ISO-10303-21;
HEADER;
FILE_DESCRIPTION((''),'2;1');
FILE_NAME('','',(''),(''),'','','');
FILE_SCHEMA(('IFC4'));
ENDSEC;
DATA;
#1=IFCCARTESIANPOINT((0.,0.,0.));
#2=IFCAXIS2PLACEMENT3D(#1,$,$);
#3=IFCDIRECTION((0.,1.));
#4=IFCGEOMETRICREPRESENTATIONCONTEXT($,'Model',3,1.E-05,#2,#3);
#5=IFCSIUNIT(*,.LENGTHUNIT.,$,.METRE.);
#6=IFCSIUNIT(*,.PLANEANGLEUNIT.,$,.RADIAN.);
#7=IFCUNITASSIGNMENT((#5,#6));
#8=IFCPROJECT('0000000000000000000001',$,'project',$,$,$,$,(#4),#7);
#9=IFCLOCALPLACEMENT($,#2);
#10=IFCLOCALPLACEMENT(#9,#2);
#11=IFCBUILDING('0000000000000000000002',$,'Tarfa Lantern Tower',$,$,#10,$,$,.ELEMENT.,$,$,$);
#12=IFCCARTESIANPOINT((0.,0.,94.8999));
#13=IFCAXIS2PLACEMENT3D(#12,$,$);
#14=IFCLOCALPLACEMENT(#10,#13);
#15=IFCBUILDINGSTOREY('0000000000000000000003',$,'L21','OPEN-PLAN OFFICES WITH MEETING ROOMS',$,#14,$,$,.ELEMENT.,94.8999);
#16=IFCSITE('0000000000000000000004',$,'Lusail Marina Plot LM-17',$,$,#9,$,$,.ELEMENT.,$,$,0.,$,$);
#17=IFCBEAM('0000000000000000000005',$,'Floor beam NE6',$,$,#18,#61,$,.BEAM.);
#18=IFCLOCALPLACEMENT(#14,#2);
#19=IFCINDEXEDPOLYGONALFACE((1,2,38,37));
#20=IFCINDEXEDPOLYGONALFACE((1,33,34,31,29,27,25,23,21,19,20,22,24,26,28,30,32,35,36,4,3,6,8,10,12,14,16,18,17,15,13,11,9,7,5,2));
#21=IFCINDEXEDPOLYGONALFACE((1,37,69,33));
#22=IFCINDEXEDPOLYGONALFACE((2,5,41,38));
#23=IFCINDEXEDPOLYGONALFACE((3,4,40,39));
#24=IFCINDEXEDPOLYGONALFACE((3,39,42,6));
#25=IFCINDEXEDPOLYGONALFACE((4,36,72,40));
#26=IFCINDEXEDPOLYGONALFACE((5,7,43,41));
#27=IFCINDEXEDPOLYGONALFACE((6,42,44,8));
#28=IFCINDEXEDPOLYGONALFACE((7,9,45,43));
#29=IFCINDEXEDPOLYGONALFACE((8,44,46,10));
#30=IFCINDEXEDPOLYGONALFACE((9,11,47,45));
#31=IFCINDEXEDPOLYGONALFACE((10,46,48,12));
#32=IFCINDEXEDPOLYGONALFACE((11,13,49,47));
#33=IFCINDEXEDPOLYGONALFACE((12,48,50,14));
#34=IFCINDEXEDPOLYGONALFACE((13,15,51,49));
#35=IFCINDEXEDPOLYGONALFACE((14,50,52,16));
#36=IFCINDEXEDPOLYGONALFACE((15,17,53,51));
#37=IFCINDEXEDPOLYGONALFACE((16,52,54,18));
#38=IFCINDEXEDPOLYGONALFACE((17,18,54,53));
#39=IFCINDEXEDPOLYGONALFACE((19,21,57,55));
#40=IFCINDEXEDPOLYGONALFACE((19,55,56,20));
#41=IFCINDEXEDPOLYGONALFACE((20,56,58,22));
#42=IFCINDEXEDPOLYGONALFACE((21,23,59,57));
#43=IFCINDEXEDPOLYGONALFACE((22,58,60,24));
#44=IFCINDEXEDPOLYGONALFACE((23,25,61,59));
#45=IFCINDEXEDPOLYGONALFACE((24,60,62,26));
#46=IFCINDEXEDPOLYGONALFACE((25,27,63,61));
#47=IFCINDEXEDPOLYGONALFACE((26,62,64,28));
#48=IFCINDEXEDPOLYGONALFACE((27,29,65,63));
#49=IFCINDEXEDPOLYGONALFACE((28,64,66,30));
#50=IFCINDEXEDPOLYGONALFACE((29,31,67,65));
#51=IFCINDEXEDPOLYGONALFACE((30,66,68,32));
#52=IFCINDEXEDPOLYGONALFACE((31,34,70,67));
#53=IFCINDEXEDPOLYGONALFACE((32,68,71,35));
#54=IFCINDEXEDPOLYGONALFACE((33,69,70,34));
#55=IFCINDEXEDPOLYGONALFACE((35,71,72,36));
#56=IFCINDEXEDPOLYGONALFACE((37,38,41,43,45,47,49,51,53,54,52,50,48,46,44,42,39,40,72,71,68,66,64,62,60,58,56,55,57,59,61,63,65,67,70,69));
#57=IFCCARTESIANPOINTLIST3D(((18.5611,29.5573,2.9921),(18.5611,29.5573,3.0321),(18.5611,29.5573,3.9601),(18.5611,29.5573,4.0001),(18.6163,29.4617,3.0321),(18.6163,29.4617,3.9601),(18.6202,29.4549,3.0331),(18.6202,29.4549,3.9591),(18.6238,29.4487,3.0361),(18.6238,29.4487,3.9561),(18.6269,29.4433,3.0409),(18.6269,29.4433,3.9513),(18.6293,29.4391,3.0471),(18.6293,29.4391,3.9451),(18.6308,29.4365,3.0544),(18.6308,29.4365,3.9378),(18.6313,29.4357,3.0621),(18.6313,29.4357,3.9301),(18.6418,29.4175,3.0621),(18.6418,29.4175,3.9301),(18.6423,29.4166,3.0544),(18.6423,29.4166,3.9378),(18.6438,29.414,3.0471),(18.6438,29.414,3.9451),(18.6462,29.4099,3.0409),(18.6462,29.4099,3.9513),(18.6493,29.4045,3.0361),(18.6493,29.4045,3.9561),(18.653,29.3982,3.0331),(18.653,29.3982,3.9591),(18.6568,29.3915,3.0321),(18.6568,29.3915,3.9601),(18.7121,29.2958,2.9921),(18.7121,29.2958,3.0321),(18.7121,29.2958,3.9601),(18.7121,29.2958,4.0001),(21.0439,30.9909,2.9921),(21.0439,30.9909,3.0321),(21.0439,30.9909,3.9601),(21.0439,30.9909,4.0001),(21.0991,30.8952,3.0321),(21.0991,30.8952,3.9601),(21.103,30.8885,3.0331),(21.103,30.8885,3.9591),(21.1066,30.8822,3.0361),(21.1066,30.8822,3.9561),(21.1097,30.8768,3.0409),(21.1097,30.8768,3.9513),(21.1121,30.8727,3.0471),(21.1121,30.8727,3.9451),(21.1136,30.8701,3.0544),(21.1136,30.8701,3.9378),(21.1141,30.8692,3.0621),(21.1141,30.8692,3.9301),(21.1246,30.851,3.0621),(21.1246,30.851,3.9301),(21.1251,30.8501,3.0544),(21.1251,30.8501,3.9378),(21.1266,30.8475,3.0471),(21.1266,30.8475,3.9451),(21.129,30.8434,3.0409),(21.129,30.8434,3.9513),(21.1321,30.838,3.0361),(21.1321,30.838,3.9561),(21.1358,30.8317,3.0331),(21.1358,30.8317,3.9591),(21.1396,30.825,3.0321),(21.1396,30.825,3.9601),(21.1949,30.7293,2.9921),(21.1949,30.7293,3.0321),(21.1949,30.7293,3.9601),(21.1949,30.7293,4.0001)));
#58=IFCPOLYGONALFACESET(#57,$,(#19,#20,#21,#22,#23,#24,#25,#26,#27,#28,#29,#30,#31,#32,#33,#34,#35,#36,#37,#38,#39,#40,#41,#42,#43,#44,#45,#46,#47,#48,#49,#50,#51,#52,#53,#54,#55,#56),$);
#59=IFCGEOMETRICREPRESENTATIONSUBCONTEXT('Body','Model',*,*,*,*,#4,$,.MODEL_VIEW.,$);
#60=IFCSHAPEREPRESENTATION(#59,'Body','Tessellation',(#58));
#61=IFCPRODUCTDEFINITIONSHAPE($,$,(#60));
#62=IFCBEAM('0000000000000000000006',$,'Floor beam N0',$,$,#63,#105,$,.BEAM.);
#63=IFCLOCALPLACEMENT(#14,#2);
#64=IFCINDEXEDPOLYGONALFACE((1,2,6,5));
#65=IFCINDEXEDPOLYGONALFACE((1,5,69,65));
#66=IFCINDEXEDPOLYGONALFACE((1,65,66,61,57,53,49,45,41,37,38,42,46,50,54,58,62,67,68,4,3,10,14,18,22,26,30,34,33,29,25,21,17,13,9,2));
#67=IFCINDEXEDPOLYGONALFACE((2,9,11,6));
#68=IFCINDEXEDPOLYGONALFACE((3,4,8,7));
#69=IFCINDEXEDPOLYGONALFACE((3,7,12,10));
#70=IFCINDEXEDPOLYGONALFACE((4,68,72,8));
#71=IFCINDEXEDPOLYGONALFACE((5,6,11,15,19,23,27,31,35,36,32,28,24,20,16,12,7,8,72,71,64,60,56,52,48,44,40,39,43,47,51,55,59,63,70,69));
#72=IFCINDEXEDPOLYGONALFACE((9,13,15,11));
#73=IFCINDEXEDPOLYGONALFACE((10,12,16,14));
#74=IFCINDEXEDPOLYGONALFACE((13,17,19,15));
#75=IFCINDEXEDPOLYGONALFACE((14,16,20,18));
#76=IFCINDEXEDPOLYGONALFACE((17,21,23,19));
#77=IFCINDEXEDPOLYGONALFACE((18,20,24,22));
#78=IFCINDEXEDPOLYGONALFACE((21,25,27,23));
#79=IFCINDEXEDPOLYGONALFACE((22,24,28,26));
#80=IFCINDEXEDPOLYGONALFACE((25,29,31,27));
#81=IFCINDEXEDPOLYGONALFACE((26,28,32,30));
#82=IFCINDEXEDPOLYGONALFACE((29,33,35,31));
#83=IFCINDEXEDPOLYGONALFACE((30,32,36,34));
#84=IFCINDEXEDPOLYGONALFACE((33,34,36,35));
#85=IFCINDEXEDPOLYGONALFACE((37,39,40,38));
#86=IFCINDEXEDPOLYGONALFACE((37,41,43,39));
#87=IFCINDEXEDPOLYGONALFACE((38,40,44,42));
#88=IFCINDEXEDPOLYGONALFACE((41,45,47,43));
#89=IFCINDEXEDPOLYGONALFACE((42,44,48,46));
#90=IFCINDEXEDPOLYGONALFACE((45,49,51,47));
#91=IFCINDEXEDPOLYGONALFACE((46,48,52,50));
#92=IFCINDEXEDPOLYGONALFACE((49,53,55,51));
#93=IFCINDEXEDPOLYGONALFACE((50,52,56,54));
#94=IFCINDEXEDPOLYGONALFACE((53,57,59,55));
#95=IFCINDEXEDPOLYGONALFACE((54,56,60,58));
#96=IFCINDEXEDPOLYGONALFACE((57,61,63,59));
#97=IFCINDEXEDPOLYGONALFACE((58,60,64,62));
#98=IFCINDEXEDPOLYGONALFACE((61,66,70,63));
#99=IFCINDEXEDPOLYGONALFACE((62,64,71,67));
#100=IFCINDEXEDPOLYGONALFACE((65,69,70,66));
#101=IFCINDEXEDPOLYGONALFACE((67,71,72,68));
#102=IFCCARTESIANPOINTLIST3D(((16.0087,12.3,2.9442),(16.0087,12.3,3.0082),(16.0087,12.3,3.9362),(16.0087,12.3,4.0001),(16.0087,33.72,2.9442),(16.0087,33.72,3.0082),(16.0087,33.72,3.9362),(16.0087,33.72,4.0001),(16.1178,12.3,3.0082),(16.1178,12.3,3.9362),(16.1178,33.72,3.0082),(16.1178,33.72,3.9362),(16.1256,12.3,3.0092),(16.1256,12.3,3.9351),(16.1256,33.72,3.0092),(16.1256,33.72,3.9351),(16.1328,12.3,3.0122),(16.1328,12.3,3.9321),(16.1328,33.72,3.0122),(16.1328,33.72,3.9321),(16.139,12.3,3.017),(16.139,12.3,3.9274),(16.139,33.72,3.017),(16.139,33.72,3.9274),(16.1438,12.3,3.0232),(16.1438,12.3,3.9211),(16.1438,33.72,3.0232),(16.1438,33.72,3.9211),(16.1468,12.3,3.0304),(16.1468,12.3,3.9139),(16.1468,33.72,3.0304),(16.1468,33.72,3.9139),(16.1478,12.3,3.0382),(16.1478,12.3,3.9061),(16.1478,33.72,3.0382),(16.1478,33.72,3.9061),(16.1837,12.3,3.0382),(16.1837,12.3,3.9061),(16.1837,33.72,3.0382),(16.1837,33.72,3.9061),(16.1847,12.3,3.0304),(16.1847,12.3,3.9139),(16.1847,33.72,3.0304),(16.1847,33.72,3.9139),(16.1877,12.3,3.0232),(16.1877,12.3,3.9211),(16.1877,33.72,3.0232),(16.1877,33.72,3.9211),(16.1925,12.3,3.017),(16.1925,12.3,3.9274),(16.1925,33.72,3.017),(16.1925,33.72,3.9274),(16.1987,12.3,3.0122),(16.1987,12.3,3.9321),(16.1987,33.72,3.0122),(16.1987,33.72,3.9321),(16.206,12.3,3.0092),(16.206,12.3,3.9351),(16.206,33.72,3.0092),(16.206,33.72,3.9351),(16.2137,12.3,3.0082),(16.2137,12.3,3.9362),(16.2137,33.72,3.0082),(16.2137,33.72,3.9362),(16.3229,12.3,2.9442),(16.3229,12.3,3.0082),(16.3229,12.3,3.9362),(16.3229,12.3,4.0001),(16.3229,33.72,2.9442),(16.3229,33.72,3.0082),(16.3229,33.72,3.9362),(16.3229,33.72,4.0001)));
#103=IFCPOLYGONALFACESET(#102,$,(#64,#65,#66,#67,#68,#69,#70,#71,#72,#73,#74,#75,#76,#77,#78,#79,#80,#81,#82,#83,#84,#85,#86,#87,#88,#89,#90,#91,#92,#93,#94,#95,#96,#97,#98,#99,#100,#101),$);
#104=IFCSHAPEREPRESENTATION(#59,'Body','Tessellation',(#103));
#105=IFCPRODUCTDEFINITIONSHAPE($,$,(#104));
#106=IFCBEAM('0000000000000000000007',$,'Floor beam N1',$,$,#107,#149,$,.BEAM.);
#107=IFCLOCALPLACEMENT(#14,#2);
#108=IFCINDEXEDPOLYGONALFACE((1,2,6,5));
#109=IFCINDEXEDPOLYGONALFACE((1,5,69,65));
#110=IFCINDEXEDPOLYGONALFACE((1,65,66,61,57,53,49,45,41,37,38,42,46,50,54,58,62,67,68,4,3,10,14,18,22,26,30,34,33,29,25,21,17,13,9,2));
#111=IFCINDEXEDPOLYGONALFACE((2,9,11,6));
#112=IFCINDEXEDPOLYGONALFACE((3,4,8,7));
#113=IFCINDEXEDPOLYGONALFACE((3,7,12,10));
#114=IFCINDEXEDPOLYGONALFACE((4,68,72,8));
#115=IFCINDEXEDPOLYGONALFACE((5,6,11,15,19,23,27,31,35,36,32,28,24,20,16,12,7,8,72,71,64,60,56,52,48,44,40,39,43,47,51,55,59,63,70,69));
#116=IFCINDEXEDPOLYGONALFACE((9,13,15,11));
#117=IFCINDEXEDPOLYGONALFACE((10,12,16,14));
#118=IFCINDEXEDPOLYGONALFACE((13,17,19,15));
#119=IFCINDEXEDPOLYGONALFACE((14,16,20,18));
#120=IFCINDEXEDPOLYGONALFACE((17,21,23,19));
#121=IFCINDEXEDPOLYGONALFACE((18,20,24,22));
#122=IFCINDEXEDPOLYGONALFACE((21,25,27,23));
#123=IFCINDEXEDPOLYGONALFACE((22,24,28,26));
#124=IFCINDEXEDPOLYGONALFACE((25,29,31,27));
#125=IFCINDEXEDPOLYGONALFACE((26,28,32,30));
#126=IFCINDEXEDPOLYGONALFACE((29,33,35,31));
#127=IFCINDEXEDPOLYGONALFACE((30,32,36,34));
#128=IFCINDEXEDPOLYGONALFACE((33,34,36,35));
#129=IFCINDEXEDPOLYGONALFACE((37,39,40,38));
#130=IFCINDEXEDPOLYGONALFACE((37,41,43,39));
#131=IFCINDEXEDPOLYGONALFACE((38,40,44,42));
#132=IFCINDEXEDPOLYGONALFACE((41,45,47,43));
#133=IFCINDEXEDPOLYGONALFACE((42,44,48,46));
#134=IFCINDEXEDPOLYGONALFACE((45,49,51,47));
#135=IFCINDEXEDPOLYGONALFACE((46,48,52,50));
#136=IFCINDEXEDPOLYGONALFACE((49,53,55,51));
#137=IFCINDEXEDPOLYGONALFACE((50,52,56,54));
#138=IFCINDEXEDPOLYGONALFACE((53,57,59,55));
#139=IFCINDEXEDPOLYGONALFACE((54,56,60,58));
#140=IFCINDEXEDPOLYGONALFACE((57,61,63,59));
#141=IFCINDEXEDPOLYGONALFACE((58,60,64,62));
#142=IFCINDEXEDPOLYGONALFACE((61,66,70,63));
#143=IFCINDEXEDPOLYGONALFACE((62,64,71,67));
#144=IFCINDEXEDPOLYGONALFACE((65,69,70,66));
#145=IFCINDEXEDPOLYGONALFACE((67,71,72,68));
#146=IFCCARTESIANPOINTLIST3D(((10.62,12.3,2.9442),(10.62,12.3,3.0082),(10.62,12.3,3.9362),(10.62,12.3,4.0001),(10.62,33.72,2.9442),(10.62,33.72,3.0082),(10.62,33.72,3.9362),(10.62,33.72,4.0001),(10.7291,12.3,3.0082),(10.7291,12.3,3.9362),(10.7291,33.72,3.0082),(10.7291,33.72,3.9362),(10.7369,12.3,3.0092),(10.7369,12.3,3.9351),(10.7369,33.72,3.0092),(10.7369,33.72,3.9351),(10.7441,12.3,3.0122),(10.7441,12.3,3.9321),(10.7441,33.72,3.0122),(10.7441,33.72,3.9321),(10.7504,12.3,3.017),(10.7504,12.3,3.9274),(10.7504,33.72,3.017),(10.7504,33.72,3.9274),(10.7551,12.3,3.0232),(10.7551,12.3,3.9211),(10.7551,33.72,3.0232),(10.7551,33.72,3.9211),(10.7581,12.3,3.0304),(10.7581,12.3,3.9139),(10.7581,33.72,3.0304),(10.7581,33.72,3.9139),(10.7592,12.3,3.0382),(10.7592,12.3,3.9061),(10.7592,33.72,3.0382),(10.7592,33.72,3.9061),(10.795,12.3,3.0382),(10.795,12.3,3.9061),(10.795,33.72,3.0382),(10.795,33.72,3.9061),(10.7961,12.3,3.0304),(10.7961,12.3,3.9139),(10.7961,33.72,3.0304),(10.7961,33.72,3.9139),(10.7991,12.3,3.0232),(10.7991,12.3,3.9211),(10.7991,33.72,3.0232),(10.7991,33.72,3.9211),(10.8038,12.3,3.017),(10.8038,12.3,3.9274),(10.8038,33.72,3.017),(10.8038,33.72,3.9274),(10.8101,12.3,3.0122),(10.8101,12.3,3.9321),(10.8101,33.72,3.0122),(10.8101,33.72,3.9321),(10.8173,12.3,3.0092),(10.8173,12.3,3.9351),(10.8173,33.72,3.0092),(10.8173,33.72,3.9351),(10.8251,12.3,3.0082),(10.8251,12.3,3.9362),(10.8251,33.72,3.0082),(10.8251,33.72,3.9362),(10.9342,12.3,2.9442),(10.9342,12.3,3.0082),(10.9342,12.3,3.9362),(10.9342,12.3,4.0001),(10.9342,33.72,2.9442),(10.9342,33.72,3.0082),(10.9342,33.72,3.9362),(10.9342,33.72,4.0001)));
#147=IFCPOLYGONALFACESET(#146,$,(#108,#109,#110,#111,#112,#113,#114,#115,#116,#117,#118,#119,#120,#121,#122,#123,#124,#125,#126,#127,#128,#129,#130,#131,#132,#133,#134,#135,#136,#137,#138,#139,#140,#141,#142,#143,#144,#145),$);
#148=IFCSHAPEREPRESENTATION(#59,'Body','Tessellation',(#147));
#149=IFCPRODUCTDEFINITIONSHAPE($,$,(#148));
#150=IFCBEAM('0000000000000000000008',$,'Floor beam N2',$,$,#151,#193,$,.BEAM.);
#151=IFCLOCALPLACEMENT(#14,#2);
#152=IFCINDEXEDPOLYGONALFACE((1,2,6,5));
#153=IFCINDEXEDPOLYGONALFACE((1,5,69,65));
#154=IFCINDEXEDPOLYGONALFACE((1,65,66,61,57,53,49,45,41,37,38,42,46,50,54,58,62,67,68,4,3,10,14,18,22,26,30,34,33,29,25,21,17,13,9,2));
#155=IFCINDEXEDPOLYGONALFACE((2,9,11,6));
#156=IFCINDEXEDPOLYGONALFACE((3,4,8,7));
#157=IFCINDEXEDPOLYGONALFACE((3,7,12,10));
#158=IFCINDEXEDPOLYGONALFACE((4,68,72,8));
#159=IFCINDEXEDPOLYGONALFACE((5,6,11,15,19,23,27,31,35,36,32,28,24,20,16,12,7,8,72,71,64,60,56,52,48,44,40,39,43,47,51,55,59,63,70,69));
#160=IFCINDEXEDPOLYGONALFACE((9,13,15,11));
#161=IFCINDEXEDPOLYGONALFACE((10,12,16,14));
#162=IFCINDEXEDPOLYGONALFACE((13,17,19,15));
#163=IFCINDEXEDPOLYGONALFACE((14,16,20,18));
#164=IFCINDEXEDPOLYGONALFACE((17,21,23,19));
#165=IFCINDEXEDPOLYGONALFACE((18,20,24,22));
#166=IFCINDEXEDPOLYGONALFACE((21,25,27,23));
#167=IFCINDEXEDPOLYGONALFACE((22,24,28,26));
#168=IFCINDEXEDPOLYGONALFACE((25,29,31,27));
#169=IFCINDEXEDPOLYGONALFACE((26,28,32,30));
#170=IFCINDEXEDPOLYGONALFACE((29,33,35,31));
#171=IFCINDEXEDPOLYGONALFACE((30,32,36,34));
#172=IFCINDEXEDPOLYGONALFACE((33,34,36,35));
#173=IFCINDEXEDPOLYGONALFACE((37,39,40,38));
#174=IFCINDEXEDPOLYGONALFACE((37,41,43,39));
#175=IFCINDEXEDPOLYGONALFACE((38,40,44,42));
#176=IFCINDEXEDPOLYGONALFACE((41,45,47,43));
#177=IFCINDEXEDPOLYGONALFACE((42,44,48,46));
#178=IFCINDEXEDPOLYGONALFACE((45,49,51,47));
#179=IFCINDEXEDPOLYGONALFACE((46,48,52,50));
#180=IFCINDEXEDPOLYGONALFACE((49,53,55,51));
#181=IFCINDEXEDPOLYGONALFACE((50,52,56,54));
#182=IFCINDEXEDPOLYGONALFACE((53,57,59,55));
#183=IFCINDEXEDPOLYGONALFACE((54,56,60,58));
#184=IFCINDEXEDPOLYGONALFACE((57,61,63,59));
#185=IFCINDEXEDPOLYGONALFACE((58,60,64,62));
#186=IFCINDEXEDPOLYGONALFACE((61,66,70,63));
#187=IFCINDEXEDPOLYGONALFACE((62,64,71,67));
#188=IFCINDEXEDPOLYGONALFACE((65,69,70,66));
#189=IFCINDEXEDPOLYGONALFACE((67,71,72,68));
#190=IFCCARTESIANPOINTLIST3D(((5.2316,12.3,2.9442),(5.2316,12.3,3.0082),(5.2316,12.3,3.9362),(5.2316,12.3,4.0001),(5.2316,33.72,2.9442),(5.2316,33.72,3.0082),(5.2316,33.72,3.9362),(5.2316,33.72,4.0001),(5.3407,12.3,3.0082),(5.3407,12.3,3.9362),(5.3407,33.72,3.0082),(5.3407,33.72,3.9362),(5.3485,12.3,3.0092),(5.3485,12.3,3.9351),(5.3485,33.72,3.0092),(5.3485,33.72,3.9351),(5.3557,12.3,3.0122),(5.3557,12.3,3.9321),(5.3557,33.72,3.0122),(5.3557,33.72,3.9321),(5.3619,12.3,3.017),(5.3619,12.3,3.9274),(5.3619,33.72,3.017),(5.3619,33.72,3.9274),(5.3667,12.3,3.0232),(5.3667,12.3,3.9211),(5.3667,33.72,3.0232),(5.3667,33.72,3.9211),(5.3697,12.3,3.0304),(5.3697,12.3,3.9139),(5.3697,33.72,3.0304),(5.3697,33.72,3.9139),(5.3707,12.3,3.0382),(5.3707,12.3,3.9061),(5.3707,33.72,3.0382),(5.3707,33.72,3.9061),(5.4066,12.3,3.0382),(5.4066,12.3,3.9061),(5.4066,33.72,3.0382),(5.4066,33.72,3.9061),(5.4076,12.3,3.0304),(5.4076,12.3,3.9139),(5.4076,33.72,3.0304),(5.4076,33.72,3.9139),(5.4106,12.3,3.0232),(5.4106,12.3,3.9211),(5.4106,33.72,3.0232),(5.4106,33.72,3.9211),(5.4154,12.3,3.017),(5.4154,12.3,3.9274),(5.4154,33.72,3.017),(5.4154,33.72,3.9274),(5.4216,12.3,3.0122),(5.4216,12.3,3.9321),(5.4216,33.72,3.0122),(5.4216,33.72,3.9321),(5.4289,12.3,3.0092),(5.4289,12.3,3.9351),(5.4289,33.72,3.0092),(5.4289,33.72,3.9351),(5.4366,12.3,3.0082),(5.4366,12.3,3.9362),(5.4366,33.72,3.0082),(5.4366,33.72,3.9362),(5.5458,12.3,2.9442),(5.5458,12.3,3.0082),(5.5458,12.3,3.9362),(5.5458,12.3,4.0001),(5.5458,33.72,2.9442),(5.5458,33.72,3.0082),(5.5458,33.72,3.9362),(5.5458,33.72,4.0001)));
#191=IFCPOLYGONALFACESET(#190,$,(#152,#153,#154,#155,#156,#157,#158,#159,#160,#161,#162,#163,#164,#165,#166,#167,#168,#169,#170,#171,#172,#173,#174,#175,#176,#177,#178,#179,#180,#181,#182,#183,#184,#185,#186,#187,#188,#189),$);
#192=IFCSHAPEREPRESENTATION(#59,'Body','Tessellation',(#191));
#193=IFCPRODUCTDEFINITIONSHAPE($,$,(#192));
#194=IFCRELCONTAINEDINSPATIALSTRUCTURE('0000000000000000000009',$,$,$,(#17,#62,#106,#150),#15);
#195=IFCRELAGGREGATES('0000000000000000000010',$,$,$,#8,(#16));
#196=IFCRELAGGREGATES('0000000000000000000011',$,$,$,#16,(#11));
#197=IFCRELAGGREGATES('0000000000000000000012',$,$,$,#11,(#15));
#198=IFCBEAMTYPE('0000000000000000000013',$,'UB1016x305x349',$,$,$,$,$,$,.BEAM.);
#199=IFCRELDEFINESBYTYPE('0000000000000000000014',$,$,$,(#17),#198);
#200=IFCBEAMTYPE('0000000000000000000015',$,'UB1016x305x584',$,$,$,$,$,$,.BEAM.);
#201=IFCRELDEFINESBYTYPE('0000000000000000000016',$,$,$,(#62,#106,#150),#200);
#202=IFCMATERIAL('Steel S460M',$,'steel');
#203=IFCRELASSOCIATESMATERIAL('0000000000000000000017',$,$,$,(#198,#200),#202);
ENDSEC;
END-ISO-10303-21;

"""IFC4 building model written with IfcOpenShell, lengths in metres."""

from ifc_helpers import new_model, si_unit, direction, frame, origin, origin_2d, place, context, subcontext, project, spatial, i_section, extrude, material, material_profile, profile_set, type_object, element, save


model = new_model("IFC4")

# Units and contexts
model_context = context("Model", 3, precision=1e-05, world=origin(), true_north=direction((0.0, 1.0)))
body_context = subcontext(model_context, "Body", "Model", "MODEL_VIEW")
ifc_project = project(units=[si_unit("LENGTHUNIT", "METRE"), si_unit("PLANEANGLEUNIT", "RADIAN")], contexts=[model_context])

# Site, building, storey
site_placement = place(None, origin())
site = spatial("IfcSite", under=ifc_project, at=site_placement, Name="Lusail Marina Plot LM-17", CompositionType="ELEMENT", RefElevation=0.0)
building_placement = place(site_placement, origin())
building = spatial("IfcBuilding", under=site, at=building_placement, Name="Tarfa Lantern Tower", CompositionType="ELEMENT")
storey_placement = place(building_placement, frame((0.0, 0.0, 94.8999)))
storey = spatial("IfcBuildingStorey", under=building, at=storey_placement, Name="L21", Description="OPEN-PLAN OFFICES WITH MEETING ROOMS", CompositionType="ELEMENT", Elevation=94.8999)

# Beams
ifc_material_1 = material(Name="Steel S460M", Category="steel")
ifc_material_profile_1 = material_profile(ifc_material_1, i_section(OverallWidth=0.302, OverallDepth=1.0081, WebThickness=0.021, FlangeThickness=0.04, FilletRadius=0.03, at=origin_2d()), Name="UB1016x305x349")
ifc_profile_set_1 = profile_set([ifc_material_profile_1], Name="Steel S460M")
beam_type_1 = type_object("IfcBeamType", Name="UB1016x305x349", PredefinedType="BEAM", material=ifc_profile_set_1)
beam_1_placement = place(storey_placement, frame((21.1194, 30.8601, 3.4961), z_axis=(-0.866013, -0.500022, 0.0), x_axis=(0.500022, -0.866013, 0.0)))
element("IfcBeam", 1, at=beam_1_placement, inside=storey, type_object=beam_type_1, Name="Floor beam NE6", PredefinedType="BEAM", context=body_context, shape_type="SweptSolid", body=[
    extrude(i_section(OverallWidth=0.302, OverallDepth=1.0081, WebThickness=0.021, FlangeThickness=0.04, FilletRadius=0.03, at=origin_2d()), origin(), (0.0, 0.0, 1.0), 2.8669),
])
ifc_material_profile_2 = material_profile(ifc_material_1, i_section(OverallWidth=0.3142, OverallDepth=1.0559, WebThickness=0.0359, FlangeThickness=0.064, FilletRadius=0.03, at=origin_2d()), Name="UB1016x305x584")
ifc_profile_set_2 = profile_set([ifc_material_profile_2], Name="Steel S460M")
beam_type_2 = type_object("IfcBeamType", Name="UB1016x305x584", PredefinedType="BEAM", material=ifc_profile_set_2)
for number, where, z_axis, x_axis, name in (
    (2, (16.1658, 33.72, 3.4722), (0.0, -1.0, 0.0), (1.0, 0.0, 0.0), "Floor beam N0"),
    (3, (10.7771, 33.72, 3.4722), (0.0, -1.0, 0.0), (1.0, 0.0, 0.0), "Floor beam N1"),
    (4, (5.3887, 33.72, 3.4722), (0.0, -1.0, 0.0), (1.0, 0.0, 0.0), "Floor beam N2"),
):
    element("IfcBeam", number, at=place(storey_placement, frame(where, z_axis=z_axis, x_axis=x_axis)), inside=storey, type_object=beam_type_2, Name=name, PredefinedType="BEAM", context=body_context, shape_type="SweptSolid", body=[
        extrude(i_section(OverallWidth=0.3142, OverallDepth=1.0559, WebThickness=0.0359, FlangeThickness=0.064, FilletRadius=0.03, at=origin_2d()), origin(), (0.0, 0.0, 1.0), 21.4199),
    ])

save(model, "model.ifc")
